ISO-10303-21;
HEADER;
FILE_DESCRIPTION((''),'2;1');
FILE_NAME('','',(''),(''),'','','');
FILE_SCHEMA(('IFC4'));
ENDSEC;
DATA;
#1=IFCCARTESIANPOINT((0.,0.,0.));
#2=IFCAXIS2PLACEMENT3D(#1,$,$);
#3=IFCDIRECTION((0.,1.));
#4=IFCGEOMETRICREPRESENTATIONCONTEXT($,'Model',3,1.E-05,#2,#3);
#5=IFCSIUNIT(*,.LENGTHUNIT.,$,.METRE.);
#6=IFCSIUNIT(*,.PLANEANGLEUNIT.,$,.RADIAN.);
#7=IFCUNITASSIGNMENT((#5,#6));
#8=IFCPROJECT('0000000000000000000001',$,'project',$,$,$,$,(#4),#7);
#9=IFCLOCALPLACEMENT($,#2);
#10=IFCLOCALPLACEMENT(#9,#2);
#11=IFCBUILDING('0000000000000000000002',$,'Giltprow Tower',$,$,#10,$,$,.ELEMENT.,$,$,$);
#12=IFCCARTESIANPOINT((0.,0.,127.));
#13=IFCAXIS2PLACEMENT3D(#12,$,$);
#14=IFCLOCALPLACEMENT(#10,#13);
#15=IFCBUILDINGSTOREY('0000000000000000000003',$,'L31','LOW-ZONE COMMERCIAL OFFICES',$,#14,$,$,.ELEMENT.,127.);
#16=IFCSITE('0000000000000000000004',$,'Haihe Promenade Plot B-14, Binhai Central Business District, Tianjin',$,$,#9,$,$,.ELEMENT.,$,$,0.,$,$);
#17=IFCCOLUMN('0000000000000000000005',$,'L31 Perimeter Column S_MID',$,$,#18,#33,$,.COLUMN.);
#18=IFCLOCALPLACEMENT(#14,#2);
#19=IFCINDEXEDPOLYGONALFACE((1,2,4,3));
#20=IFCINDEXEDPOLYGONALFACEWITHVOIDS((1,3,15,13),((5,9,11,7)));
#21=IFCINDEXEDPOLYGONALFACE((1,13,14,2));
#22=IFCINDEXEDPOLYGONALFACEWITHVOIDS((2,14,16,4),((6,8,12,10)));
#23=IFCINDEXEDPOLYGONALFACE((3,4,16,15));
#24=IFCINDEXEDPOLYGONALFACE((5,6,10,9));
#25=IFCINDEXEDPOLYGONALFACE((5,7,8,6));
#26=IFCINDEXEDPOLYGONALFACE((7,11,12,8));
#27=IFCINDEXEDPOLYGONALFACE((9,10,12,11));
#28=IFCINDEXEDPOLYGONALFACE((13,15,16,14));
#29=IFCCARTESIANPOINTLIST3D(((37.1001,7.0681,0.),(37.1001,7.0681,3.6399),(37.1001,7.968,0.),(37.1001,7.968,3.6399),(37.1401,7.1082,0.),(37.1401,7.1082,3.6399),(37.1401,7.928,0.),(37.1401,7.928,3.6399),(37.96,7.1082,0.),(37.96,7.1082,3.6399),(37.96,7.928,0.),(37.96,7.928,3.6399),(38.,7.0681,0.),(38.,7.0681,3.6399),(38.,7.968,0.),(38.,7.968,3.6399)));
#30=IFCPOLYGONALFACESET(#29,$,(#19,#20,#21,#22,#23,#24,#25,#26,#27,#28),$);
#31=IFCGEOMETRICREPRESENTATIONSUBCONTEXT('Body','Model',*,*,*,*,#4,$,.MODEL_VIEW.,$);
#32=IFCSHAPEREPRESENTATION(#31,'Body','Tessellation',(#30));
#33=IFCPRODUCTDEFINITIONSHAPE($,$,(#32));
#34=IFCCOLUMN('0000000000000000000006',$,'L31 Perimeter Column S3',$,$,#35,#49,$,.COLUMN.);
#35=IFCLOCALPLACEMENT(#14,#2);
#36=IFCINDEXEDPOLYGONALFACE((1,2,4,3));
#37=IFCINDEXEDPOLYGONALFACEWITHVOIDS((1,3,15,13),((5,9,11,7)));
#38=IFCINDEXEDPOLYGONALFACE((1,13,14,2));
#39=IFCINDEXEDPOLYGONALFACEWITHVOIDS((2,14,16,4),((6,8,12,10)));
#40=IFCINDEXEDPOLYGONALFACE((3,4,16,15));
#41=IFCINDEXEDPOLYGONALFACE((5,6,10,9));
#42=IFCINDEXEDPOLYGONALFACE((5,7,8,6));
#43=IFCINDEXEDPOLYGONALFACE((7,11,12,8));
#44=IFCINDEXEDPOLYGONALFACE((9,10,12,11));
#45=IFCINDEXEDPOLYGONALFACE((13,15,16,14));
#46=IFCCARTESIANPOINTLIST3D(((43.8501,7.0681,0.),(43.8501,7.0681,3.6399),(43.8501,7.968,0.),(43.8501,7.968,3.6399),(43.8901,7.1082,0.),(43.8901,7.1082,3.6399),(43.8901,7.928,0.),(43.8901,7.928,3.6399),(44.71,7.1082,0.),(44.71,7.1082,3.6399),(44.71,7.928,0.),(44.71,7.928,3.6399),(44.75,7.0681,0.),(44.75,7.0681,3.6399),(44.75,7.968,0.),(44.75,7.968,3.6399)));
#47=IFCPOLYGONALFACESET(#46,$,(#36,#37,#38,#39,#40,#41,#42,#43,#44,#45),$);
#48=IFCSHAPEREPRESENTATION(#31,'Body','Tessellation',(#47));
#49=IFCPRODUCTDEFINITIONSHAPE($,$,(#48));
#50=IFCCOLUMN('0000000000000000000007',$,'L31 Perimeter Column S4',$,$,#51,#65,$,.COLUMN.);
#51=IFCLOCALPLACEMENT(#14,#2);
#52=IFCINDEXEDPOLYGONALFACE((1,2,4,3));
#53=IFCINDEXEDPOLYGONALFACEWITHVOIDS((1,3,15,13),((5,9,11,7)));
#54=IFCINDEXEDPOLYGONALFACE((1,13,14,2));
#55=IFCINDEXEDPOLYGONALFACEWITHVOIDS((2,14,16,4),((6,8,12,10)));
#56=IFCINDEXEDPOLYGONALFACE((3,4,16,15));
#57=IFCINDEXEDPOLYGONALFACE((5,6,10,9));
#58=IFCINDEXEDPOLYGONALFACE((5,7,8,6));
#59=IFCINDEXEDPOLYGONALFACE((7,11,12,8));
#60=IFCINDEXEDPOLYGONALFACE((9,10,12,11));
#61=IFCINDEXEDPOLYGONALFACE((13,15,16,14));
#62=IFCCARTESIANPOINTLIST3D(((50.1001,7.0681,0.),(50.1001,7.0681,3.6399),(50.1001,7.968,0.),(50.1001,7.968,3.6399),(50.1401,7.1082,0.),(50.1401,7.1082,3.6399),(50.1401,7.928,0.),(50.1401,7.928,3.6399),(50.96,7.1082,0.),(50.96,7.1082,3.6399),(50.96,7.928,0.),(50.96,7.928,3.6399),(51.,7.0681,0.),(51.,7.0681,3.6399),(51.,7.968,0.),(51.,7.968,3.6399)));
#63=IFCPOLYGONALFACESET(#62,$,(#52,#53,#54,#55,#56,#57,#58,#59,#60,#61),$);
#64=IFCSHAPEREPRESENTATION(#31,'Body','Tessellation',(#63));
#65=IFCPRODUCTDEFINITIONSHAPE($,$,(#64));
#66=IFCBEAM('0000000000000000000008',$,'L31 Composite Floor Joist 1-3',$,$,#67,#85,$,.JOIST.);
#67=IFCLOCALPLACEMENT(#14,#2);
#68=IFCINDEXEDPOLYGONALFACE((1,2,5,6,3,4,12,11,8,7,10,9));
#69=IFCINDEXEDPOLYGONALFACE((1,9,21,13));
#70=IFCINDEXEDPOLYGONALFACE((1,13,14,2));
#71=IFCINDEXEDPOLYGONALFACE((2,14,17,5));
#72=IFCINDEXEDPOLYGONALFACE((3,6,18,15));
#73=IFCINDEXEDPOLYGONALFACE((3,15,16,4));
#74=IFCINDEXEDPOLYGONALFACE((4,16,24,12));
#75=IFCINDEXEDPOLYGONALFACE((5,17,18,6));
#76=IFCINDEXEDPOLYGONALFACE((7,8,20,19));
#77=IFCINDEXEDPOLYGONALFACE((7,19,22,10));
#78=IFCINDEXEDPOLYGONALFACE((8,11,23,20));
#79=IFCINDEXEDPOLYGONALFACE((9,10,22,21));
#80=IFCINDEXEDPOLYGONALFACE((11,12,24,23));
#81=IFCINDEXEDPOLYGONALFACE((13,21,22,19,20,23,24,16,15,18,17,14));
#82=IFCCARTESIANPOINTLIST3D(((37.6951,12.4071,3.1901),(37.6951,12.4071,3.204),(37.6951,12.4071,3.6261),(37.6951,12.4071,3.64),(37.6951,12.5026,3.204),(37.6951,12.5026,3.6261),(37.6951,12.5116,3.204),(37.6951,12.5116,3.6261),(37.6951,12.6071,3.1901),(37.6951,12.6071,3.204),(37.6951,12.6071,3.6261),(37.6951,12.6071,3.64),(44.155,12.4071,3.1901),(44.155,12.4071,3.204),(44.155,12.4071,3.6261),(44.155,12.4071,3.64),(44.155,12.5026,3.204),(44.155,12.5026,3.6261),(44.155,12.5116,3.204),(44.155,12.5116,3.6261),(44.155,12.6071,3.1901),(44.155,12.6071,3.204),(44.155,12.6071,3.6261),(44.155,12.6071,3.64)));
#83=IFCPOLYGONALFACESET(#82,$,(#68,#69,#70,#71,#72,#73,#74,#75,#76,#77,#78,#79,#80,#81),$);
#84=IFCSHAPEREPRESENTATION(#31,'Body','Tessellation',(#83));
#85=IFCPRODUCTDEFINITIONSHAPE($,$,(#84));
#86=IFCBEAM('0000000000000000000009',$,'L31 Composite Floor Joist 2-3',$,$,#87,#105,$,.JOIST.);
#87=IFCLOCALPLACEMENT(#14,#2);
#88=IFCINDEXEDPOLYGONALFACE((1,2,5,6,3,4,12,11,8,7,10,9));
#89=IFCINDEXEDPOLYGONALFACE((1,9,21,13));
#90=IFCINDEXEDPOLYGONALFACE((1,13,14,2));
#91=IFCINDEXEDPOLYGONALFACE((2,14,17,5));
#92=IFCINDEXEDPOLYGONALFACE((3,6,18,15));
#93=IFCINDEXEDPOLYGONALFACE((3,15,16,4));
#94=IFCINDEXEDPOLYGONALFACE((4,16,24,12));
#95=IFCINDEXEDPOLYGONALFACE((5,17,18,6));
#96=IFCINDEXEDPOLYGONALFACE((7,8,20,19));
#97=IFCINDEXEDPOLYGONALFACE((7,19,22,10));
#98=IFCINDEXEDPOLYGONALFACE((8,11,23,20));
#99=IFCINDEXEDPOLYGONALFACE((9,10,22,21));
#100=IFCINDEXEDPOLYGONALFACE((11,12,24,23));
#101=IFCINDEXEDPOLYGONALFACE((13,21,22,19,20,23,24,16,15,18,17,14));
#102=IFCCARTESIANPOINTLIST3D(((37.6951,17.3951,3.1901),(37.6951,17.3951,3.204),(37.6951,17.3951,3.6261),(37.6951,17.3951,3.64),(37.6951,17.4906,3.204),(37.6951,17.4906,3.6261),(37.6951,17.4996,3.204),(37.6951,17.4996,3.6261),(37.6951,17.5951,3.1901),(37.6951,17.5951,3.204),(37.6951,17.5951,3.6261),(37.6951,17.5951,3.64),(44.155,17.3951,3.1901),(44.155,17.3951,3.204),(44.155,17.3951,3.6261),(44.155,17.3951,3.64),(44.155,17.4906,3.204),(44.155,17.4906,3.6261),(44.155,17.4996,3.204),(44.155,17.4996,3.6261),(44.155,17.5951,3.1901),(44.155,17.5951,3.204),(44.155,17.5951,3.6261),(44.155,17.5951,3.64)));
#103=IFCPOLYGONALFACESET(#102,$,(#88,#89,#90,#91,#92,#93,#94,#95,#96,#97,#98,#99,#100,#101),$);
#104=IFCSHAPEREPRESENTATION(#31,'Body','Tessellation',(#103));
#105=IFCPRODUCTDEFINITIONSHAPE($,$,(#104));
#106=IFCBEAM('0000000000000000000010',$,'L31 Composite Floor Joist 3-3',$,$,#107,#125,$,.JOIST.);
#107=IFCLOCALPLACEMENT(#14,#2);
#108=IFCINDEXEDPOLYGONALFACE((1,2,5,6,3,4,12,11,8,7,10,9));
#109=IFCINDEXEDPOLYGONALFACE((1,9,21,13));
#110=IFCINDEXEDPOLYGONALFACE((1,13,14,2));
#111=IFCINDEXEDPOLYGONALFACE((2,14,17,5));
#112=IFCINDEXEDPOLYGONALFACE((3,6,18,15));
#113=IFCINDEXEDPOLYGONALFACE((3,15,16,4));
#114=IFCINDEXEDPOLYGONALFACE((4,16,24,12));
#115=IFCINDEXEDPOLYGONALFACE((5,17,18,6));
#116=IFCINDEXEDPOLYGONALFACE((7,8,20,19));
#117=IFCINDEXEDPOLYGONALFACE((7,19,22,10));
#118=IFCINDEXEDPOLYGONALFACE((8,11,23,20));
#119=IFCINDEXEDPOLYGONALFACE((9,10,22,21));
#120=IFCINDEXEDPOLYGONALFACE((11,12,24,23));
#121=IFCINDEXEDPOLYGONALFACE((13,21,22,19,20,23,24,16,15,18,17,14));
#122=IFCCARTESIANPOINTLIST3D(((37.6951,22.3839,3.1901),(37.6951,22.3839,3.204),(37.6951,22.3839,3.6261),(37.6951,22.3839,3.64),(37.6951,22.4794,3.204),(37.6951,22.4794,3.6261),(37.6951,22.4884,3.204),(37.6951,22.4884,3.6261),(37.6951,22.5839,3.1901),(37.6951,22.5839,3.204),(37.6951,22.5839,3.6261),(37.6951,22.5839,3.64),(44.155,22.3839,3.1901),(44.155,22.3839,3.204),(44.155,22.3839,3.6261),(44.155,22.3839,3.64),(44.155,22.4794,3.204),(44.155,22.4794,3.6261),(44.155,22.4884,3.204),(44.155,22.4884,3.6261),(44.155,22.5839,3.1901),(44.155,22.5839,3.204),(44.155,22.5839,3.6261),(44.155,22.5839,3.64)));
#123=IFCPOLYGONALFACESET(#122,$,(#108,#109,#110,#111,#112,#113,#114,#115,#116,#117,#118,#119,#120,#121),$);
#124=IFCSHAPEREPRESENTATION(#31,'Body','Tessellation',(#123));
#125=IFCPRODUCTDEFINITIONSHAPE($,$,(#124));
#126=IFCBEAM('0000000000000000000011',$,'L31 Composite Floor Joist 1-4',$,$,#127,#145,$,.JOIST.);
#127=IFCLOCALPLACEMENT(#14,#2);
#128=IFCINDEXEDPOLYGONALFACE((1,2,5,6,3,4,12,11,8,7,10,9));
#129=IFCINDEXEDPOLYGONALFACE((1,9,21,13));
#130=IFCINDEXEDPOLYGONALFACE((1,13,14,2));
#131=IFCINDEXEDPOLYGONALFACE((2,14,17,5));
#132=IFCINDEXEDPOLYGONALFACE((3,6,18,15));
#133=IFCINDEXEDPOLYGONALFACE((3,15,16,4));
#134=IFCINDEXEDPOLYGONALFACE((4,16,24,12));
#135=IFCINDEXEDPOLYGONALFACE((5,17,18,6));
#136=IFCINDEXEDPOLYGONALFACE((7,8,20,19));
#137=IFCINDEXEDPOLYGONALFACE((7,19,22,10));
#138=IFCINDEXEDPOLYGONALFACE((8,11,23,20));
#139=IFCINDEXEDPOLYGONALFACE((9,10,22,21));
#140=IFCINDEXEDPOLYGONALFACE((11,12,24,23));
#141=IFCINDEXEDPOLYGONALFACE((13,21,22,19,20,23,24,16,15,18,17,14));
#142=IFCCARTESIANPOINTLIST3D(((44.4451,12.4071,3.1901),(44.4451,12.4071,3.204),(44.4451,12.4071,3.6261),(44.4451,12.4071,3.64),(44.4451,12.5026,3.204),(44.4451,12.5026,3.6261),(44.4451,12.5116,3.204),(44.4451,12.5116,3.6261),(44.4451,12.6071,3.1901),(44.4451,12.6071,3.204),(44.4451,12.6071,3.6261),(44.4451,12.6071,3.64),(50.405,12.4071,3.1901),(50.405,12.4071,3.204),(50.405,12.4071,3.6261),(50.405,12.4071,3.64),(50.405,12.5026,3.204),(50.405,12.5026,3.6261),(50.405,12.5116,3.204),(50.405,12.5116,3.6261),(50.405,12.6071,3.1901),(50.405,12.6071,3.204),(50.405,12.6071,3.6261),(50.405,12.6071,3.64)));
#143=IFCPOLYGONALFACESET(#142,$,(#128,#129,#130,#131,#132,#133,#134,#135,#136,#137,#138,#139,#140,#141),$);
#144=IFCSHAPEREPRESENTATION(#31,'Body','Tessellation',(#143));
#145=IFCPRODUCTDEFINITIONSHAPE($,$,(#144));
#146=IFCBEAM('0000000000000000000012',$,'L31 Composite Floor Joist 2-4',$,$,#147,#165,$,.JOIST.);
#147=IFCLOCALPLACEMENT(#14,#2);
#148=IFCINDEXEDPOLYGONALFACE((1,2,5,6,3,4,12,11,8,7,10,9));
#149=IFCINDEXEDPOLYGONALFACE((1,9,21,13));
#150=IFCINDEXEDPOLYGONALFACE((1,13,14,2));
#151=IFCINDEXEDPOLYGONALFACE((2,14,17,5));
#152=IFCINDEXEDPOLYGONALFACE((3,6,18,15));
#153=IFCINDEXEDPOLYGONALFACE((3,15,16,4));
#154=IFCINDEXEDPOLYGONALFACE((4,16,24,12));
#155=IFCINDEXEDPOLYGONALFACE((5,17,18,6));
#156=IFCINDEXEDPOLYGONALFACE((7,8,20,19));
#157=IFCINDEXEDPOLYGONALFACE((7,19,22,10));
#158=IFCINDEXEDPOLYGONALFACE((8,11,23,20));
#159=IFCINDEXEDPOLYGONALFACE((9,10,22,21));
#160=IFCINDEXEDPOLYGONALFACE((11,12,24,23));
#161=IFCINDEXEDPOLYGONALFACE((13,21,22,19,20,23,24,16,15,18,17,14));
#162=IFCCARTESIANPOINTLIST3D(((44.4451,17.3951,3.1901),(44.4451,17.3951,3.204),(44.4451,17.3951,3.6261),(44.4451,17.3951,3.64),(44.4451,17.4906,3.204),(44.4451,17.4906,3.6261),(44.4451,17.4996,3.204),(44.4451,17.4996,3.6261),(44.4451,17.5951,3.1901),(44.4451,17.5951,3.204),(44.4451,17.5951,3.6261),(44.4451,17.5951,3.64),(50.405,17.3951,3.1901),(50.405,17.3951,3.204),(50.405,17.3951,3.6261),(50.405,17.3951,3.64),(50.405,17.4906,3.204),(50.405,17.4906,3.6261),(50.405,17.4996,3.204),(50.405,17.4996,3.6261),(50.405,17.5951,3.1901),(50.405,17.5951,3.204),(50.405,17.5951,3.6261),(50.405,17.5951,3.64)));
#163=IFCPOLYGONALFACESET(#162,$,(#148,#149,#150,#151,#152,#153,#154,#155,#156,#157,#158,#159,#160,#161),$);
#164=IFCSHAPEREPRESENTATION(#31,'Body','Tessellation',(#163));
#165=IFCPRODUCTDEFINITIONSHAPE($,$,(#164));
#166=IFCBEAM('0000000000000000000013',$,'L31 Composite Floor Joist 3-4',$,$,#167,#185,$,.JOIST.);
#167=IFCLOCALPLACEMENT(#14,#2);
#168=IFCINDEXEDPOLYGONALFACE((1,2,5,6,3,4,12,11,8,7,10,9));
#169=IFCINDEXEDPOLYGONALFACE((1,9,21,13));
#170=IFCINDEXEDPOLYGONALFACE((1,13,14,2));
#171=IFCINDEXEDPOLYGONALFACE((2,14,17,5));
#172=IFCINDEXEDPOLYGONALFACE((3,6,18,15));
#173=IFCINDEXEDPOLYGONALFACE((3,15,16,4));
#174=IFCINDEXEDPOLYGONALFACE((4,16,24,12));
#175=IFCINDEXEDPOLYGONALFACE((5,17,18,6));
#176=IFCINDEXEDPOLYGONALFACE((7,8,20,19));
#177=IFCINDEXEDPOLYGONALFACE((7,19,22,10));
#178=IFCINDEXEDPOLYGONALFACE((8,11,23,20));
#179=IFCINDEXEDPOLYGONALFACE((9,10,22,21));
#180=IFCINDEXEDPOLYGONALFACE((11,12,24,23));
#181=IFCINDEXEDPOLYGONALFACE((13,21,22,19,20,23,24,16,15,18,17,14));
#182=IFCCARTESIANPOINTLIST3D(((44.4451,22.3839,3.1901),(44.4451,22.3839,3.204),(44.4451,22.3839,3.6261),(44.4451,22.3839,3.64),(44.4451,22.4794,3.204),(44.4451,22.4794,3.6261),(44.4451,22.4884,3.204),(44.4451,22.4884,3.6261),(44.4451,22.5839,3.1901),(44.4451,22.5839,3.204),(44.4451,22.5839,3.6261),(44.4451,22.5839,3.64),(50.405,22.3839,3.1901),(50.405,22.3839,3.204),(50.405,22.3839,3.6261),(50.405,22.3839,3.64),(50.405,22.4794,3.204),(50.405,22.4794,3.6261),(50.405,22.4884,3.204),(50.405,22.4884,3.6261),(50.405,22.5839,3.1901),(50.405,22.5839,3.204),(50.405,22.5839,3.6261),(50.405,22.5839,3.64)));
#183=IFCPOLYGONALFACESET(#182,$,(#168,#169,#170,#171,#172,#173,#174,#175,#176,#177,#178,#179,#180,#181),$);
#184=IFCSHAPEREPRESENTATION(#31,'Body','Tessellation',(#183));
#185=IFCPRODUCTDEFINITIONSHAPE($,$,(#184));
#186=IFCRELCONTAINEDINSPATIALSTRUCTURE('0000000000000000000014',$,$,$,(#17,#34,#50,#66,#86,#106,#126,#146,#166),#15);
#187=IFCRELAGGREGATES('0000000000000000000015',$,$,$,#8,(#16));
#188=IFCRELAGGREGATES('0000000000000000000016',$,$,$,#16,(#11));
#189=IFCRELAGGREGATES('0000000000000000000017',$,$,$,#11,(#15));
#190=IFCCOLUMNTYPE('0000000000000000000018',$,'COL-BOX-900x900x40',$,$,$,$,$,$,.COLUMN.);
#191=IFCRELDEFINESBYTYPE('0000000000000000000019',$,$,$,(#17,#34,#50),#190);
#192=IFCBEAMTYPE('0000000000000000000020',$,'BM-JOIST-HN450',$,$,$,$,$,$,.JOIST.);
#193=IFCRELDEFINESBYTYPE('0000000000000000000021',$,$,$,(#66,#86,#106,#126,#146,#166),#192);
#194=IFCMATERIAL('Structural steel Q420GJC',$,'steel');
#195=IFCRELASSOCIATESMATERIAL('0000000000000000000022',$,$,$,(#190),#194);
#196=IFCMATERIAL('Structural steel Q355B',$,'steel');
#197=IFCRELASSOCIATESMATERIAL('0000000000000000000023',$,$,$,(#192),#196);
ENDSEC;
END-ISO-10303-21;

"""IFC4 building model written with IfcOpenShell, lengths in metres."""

from ifc_helpers import new_model, si_unit, direction, frame, origin, origin_2d, place, context, subcontext, project, spatial, hollow_rectangle, i_section, extrude, source, transform, mapped, material, material_profile, profile_set, type_object, element, save


model = new_model("IFC4")

# Units and contexts
model_context = context("Model", 3, precision=1e-05, world=origin(), true_north=direction((0.0, 1.0)))
body_context = subcontext(model_context, "Body", "Model", "MODEL_VIEW")
ifc_project = project(units=[si_unit("LENGTHUNIT", "METRE"), si_unit("PLANEANGLEUNIT", "RADIAN")], contexts=[model_context])

# Site, building, storey
site_placement = place(None, origin())
site = spatial("IfcSite", under=ifc_project, at=site_placement, Name="Haihe Promenade Plot B-14, Binhai Central Business District, Tianjin", CompositionType="ELEMENT", RefElevation=0.0)
building_placement = place(site_placement, origin())
building = spatial("IfcBuilding", under=site, at=building_placement, Name="Giltprow Tower", CompositionType="ELEMENT")
storey_placement = place(building_placement, frame((0.0, 0.0, 127.0)))
storey = spatial("IfcBuildingStorey", under=building, at=storey_placement, Name="L31", Description="LOW-ZONE COMMERCIAL OFFICES", CompositionType="ELEMENT", Elevation=127.0)

# Columns
ifc_material_1 = material(Name="Structural steel Q420GJC", Category="steel")
ifc_material_profile_1 = material_profile(ifc_material_1, hollow_rectangle(XDim=0.8999, YDim=0.8999, WallThickness=0.04, at=origin_2d()), Name="BOX 900x900x40")
ifc_profile_set_1 = profile_set([ifc_material_profile_1], Name="Structural steel Q420GJC")
column_type = type_object("IfcColumnType", Name="COL-BOX-900x900x40", PredefinedType="COLUMN", material=ifc_profile_set_1)
shared_shape_1 = source(origin(), body_context, "Body", "SweptSolid", [
    extrude(hollow_rectangle(XDim=0.8999, YDim=0.8999, WallThickness=0.04, at=origin_2d()), origin(), (0.0, 0.0, 1.0), 3.6399),
])
for number, where, z_axis, x_axis, name in (
    (1, (37.55, 7.5181, 0.0), (0.0, 0.0, 1.0), (1.0, 0.0, 0.0), "L31 Perimeter Column S_MID"),
    (2, (44.3, 7.5181, 0.0), (0.0, 0.0, 1.0), (1.0, 0.0, 0.0), "L31 Perimeter Column S3"),
    (3, (50.55, 7.5181, 0.0), (0.0, 0.0, 1.0), (1.0, 0.0, 0.0), "L31 Perimeter Column S4"),
):
    element("IfcColumn", number, at=place(storey_placement, frame(where, z_axis=z_axis, x_axis=x_axis)), inside=storey, type_object=column_type, Name=name, PredefinedType="COLUMN", context=body_context, shape_type="MappedRepresentation", body=[
        mapped(shared_shape_1, transform((0.0, 0.0, 0.0), x_axis=(1.0, 0.0, 0.0), y_axis=(0.0, 1.0, 0.0), z_axis=(0.0, 0.0, 1.0), scale=1.0)),
    ])

# Beams
ifc_material_2 = material(Name="Structural steel Q355B", Category="steel")
ifc_material_profile_2 = material_profile(ifc_material_2, i_section(OverallWidth=0.2, OverallDepth=0.45, WebThickness=0.009, FlangeThickness=0.0139, at=origin_2d()), Name="HN 450x200x9x14")
ifc_profile_set_2 = profile_set([ifc_material_profile_2], Name="Structural steel Q355B")
beam_type_1 = type_object("IfcBeamType", Name="BM-JOIST-HN450", PredefinedType="JOIST", material=ifc_profile_set_2)
shared_shape_2 = source(origin(), body_context, "Body", "SweptSolid", [
    extrude(i_section(OverallWidth=0.2, OverallDepth=0.45, WebThickness=0.009, FlangeThickness=0.0139, at=origin_2d()), origin(), (0.0, 0.0, 1.0), 6.46),
])
for number, where, z_axis, x_axis, name in (
    (4, (37.6951, 12.5071, 3.415), (1.0, 0.0, 0.0), (0.0, 1.0, 0.0), "L31 Composite Floor Joist 1-3"),
    (5, (37.6951, 17.4951, 3.415), (1.0, 0.0, 0.0), (0.0, 1.0, 0.0), "L31 Composite Floor Joist 2-3"),
    (6, (37.6951, 22.4839, 3.415), (1.0, 0.0, 0.0), (0.0, 1.0, 0.0), "L31 Composite Floor Joist 3-3"),
):
    element("IfcBeam", number, at=place(storey_placement, frame(where, z_axis=z_axis, x_axis=x_axis)), inside=storey, type_object=beam_type_1, Name=name, PredefinedType="JOIST", context=body_context, shape_type="MappedRepresentation", body=[
        mapped(shared_shape_2, transform((0.0, 0.0, 0.0), x_axis=(1.0, 0.0, 0.0), y_axis=(0.0, 1.0, 0.0), z_axis=(0.0, 0.0, 1.0), scale=1.0)),
    ])
shared_shape_3 = source(origin(), body_context, "Body", "SweptSolid", [
    extrude(i_section(OverallWidth=0.2, OverallDepth=0.45, WebThickness=0.009, FlangeThickness=0.0139, at=origin_2d()), origin(), (0.0, 0.0, 1.0), 5.96),
])
for number, where, z_axis, x_axis, name in (
    (7, (44.4451, 12.5071, 3.415), (1.0, 0.0, 0.0), (0.0, 1.0, 0.0), "L31 Composite Floor Joist 1-4"),
    (8, (44.4451, 17.4951, 3.415), (1.0, 0.0, 0.0), (0.0, 1.0, 0.0), "L31 Composite Floor Joist 2-4"),
    (9, (44.4451, 22.4839, 3.415), (1.0, 0.0, 0.0), (0.0, 1.0, 0.0), "L31 Composite Floor Joist 3-4"),
):
    element("IfcBeam", number, at=place(storey_placement, frame(where, z_axis=z_axis, x_axis=x_axis)), inside=storey, type_object=beam_type_1, Name=name, PredefinedType="JOIST", context=body_context, shape_type="MappedRepresentation", body=[
        mapped(shared_shape_3, transform((0.0, 0.0, 0.0), x_axis=(1.0, 0.0, 0.0), y_axis=(0.0, 1.0, 0.0), z_axis=(0.0, 0.0, 1.0), scale=1.0)),
    ])

save(model, "model.ifc")
